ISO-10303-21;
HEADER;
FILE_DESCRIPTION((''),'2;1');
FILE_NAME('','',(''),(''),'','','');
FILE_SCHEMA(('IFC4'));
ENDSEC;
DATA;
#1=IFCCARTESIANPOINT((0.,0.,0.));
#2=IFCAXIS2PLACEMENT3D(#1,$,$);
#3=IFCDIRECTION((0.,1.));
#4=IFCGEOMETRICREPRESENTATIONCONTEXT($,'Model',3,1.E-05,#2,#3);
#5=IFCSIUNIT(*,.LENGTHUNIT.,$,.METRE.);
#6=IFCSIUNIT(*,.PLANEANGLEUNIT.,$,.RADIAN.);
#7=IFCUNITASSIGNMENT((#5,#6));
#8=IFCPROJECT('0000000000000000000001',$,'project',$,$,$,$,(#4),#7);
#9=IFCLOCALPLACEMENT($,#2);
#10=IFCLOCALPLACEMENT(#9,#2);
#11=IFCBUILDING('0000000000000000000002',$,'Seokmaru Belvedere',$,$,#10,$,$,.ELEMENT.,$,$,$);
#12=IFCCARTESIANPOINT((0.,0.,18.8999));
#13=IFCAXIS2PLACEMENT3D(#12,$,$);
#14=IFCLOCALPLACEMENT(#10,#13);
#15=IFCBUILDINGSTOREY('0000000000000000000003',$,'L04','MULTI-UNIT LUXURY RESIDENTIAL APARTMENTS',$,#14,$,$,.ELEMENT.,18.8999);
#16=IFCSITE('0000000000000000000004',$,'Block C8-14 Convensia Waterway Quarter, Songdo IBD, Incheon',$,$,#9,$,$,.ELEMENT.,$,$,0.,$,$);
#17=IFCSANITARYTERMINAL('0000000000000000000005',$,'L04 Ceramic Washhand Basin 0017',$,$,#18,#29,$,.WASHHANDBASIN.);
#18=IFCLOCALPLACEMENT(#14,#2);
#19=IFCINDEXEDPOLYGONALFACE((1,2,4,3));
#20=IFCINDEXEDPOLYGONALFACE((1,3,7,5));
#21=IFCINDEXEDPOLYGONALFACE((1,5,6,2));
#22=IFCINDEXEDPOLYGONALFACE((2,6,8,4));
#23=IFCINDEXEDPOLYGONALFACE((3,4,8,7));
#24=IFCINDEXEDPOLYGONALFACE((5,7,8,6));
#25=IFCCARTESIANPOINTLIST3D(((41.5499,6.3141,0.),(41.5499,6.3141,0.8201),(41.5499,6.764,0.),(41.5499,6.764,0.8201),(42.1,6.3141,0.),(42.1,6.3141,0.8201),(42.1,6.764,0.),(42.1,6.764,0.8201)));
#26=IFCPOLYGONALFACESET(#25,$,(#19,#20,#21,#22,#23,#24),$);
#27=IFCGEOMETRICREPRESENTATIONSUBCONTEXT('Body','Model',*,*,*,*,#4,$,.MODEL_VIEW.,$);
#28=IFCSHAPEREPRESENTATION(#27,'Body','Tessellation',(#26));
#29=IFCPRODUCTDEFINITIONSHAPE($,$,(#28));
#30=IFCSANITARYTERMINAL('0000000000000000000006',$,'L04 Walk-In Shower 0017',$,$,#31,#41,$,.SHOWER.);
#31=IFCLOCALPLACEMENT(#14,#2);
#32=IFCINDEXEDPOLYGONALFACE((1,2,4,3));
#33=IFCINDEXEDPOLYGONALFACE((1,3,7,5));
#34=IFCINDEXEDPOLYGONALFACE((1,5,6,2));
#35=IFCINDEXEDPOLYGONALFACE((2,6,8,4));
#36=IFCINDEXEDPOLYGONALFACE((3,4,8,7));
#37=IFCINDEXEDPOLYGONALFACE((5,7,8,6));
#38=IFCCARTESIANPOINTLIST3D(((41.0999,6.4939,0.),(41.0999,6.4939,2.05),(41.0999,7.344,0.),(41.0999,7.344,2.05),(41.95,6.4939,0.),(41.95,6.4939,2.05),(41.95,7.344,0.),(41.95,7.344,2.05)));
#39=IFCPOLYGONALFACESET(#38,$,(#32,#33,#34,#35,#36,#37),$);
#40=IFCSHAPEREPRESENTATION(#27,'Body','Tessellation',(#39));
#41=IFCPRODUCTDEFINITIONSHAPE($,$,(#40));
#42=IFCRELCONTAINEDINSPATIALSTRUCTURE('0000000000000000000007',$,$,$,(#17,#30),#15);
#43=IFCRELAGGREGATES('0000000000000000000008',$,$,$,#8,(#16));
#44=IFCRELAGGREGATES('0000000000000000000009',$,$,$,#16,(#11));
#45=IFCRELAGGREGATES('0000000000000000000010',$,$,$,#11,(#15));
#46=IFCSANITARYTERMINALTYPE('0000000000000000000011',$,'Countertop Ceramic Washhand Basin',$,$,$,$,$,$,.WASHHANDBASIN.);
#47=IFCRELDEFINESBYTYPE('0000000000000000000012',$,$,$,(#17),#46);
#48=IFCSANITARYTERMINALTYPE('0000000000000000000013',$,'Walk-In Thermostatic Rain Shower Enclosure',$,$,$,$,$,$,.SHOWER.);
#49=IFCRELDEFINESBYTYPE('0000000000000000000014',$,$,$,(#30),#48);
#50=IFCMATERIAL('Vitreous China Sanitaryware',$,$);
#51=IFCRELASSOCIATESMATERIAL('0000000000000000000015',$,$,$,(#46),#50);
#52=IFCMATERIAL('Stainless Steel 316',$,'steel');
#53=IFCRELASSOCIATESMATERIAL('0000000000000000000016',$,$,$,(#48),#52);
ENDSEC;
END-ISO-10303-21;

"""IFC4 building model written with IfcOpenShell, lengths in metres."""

from ifc_helpers import new_model, si_unit, direction, frame, origin, origin_2d, place, context, subcontext, project, spatial, rectangle, extrude, source, transform, mapped, material, type_object, type_shapes, element, save


model = new_model("IFC4")

# Units and contexts
model_context = context("Model", 3, precision=1e-05, world=origin(), true_north=direction((0.0, 1.0)))
body_context = subcontext(model_context, "Body", "Model", "MODEL_VIEW")
ifc_project = project(units=[si_unit("LENGTHUNIT", "METRE"), si_unit("PLANEANGLEUNIT", "RADIAN")], contexts=[model_context])

# Site, building, storey
site_placement = place(None, origin())
site = spatial("IfcSite", under=ifc_project, at=site_placement, Name="Block C8-14 Convensia Waterway Quarter, Songdo IBD, Incheon", CompositionType="ELEMENT", RefElevation=0.0)
building_placement = place(site_placement, origin())
building = spatial("IfcBuilding", under=site, at=building_placement, Name="Seokmaru Belvedere", CompositionType="ELEMENT")
storey_placement = place(building_placement, frame((0.0, 0.0, 18.8999)))
storey = spatial("IfcBuildingStorey", under=building, at=storey_placement, Name="L04", Description="MULTI-UNIT LUXURY RESIDENTIAL APARTMENTS", CompositionType="ELEMENT", Elevation=18.8999)

# Sanitary terminals
ifc_material_1 = material(Name="Vitreous China Sanitaryware")
sanitary_terminal_type_1 = type_object("IfcSanitaryTerminalType", Name="Countertop Ceramic Washhand Basin", PredefinedType="WASHHANDBASIN", material=ifc_material_1)
shared_shape_1 = source(origin(), body_context, "Body", "SweptSolid", [
    extrude(rectangle(XDim=0.55, YDim=0.45, at=origin_2d()), origin(), (0.0, 0.0, 1.0), 0.8201),
])
type_shapes(sanitary_terminal_type_1, [shared_shape_1])
sanitary_terminal_1_placement = place(storey_placement, frame((41.825, 6.5391, 0.0), z_axis=(0.0, 0.0, 1.0), x_axis=(1.0, 0.0, 0.0)))
element("IfcSanitaryTerminal", 1, at=sanitary_terminal_1_placement, inside=storey, type_object=sanitary_terminal_type_1, Name="L04 Ceramic Washhand Basin 0017", PredefinedType="WASHHANDBASIN", context=body_context, shape_type="MappedRepresentation", body=[
    mapped(shared_shape_1, transform((0.0, 0.0, 0.0), scale=1.0)),
])
ifc_material_2 = material(Name="Stainless Steel 316", Category="steel")
sanitary_terminal_type_2 = type_object("IfcSanitaryTerminalType", Name="Walk-In Thermostatic Rain Shower Enclosure", PredefinedType="SHOWER", material=ifc_material_2)
shared_shape_2 = source(origin(), body_context, "Body", "SweptSolid", [
    extrude(rectangle(XDim=0.8501, YDim=0.8501, at=origin_2d()), origin(), (0.0, 0.0, 1.0), 2.05),
])
type_shapes(sanitary_terminal_type_2, [shared_shape_2])
sanitary_terminal_2_placement = place(storey_placement, frame((41.5249, 6.9189, 0.0), z_axis=(0.0, 0.0, 1.0), x_axis=(1.0, 0.0, 0.0)))
element("IfcSanitaryTerminal", 2, at=sanitary_terminal_2_placement, inside=storey, type_object=sanitary_terminal_type_2, Name="L04 Walk-In Shower 0017", PredefinedType="SHOWER", context=body_context, shape_type="MappedRepresentation", body=[
    mapped(shared_shape_2, transform((0.0, 0.0, 0.0), scale=1.0)),
])

save(model, "model.ifc")
